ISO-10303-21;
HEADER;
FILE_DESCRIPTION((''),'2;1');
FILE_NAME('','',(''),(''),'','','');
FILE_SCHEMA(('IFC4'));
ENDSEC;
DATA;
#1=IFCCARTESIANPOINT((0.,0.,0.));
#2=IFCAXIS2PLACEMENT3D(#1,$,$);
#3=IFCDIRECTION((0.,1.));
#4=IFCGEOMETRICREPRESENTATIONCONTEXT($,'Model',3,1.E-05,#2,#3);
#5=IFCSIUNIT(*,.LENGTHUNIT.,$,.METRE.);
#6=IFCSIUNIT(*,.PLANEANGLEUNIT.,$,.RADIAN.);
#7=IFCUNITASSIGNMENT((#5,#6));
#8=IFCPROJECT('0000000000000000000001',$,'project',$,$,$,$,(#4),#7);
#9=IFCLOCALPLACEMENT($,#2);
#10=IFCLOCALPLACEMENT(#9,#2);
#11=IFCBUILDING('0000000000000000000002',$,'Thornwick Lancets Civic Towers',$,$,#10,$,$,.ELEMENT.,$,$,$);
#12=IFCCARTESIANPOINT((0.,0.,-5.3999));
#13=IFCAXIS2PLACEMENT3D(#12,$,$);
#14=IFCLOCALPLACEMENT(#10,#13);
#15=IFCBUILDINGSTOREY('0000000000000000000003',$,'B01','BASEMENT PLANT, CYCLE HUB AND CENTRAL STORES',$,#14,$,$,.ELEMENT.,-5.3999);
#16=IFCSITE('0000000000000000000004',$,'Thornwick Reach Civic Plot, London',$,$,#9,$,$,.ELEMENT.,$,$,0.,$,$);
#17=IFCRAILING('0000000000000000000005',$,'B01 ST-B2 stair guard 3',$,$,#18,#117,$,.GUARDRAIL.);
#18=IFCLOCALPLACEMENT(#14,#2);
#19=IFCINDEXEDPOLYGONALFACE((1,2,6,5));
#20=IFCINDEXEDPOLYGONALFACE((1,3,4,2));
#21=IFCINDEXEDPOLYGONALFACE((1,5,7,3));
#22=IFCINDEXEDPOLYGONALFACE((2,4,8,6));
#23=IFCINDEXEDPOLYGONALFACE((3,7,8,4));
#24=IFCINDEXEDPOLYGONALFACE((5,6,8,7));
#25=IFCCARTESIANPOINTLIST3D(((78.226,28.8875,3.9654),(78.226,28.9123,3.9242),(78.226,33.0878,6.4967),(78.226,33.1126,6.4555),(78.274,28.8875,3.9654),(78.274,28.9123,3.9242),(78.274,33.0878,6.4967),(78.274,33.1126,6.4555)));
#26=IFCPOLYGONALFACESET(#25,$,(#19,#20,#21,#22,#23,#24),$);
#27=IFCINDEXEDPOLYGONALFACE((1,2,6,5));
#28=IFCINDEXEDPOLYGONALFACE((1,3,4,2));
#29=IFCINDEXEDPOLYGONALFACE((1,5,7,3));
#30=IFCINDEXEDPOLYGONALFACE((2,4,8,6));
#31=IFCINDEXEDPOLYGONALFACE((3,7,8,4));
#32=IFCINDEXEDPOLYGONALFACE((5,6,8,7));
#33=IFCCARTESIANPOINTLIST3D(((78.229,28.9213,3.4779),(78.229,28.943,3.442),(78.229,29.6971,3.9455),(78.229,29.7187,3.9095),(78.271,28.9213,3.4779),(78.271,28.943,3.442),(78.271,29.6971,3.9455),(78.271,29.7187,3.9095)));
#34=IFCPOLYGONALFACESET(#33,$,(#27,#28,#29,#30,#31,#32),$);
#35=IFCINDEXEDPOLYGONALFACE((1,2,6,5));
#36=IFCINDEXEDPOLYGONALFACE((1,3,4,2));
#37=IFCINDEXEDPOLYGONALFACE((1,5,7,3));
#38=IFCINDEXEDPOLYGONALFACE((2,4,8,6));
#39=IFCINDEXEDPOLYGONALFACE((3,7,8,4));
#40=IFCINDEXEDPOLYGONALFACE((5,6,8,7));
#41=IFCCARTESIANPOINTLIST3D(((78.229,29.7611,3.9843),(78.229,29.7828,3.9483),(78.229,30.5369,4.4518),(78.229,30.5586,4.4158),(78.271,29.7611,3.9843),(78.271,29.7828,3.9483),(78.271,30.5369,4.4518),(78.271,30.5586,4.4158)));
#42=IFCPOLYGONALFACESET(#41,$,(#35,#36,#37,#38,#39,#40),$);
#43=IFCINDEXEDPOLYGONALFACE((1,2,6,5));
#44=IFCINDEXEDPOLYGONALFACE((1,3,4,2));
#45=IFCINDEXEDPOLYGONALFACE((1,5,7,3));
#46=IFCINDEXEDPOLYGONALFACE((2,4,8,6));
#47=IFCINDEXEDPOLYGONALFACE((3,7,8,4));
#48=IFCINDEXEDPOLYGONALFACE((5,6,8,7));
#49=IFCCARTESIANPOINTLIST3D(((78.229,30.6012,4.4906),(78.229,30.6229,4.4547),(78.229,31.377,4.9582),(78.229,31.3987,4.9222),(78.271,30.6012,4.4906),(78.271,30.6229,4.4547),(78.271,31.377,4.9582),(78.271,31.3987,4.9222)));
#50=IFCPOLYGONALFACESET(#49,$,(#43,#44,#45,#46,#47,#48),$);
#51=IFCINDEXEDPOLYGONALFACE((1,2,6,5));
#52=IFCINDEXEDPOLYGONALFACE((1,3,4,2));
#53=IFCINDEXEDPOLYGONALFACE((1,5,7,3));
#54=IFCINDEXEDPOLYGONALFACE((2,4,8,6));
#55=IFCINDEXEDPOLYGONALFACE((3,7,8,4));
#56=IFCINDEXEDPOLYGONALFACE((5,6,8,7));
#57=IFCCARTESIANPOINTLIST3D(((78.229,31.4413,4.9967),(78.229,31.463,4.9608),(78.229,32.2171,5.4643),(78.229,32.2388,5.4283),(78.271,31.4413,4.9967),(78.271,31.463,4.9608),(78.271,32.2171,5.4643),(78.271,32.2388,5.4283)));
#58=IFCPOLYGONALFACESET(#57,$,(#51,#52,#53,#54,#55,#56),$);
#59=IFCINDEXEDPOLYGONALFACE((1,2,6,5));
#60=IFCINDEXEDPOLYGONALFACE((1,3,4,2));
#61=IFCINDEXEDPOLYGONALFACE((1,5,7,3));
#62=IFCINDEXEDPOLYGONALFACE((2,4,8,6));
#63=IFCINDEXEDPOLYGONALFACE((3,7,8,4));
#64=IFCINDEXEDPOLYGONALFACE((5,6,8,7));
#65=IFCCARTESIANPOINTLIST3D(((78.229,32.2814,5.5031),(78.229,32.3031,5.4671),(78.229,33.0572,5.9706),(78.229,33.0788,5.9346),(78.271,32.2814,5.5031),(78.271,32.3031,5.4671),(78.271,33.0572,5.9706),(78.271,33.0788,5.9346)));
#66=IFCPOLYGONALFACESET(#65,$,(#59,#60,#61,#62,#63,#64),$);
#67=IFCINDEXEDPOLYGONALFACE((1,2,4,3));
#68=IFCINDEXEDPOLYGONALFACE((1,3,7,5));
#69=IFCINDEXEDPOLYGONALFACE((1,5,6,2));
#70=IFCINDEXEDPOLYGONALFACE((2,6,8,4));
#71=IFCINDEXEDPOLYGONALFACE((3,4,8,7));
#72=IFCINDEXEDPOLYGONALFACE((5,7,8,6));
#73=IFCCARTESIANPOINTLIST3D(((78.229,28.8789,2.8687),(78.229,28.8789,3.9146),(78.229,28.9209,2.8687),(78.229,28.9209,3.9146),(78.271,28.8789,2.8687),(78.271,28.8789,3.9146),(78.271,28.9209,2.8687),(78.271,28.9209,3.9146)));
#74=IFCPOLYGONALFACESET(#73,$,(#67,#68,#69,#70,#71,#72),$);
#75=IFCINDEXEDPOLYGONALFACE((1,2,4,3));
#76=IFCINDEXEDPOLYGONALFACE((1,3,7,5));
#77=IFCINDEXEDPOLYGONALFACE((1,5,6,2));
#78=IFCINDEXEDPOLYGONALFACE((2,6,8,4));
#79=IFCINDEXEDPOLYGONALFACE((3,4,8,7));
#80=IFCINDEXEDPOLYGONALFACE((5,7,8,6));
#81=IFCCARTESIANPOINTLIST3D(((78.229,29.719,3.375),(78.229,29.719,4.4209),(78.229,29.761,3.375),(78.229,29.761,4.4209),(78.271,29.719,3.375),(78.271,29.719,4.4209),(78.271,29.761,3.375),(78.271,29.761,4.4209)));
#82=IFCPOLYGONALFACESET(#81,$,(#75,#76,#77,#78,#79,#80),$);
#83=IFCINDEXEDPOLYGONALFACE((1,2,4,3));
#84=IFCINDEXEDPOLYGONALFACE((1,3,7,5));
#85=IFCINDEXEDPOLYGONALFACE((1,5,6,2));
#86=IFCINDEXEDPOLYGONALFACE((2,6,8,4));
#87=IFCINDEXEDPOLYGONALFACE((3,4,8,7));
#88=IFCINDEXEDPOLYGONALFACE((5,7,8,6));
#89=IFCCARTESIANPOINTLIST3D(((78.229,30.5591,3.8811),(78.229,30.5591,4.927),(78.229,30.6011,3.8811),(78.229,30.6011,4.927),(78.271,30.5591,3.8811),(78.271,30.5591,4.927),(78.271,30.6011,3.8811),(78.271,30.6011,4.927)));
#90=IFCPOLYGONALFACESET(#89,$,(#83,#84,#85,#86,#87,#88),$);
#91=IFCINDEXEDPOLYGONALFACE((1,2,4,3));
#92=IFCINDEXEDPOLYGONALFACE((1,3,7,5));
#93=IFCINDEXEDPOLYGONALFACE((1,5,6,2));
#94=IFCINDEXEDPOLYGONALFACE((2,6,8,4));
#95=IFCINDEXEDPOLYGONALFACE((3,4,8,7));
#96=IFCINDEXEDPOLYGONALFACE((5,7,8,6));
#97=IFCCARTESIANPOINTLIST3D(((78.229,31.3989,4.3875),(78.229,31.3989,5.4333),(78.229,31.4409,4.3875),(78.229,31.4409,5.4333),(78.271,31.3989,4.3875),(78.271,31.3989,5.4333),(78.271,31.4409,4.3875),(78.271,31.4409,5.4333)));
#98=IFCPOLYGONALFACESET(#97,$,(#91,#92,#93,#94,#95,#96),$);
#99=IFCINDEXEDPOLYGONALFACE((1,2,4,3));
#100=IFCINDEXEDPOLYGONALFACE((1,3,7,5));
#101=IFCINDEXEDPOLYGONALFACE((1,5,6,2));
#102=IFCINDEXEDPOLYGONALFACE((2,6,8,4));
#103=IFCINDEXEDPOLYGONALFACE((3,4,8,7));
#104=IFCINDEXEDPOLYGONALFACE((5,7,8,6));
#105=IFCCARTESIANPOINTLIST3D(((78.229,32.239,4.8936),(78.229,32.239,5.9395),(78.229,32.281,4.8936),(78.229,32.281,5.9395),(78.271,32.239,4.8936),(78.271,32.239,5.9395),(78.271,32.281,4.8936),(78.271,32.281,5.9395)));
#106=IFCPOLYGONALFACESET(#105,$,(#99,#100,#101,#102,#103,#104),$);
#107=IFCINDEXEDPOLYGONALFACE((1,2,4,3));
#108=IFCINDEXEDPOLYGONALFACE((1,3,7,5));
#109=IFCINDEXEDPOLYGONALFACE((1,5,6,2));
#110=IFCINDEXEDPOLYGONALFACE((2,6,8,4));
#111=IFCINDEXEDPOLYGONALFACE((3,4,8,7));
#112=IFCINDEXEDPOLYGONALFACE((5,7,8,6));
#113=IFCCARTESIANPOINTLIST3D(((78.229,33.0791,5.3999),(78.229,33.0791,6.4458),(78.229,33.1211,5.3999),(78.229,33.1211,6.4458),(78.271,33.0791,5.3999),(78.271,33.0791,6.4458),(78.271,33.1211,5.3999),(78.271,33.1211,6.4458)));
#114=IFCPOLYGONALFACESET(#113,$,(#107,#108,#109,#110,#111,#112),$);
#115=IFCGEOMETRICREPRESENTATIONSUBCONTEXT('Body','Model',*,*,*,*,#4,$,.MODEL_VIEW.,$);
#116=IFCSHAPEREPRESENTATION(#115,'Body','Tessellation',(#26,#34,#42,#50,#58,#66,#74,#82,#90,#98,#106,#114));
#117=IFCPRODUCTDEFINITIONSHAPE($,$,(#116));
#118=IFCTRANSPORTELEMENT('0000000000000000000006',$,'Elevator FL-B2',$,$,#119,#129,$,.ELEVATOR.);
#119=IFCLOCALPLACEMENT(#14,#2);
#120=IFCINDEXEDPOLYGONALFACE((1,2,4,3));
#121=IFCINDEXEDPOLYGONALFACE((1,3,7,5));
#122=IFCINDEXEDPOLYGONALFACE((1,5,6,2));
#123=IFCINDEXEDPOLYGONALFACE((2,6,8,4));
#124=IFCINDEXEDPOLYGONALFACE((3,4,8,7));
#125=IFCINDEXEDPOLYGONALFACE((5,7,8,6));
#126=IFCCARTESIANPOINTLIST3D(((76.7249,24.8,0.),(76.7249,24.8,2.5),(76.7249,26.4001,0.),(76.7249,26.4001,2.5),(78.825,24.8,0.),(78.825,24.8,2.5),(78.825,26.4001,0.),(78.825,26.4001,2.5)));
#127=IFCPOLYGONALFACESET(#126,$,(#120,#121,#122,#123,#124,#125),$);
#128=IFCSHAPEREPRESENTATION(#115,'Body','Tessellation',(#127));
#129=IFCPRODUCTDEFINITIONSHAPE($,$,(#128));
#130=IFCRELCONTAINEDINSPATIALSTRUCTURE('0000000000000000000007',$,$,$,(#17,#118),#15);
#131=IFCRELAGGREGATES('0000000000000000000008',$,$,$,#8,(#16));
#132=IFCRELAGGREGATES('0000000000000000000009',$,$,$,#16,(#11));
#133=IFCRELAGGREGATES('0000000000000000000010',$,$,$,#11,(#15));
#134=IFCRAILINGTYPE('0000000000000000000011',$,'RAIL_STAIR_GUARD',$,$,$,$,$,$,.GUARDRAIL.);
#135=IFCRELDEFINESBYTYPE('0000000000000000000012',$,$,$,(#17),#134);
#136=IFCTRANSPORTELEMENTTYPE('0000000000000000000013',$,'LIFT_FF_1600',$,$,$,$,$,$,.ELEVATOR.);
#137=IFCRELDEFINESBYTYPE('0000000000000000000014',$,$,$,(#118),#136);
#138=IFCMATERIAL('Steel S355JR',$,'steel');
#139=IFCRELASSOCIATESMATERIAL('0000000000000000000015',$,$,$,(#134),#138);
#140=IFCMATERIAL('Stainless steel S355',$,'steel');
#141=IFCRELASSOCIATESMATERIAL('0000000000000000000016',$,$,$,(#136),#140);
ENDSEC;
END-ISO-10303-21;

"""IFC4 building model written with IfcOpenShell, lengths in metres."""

from ifc_helpers import new_model, si_unit, direction, frame, origin, origin_2d, place, context, subcontext, project, spatial, rectangle, extrude, material, type_object, element, save


model = new_model("IFC4")

# Units and contexts
model_context = context("Model", 3, precision=1e-05, world=origin(), true_north=direction((0.0, 1.0)))
body_context = subcontext(model_context, "Body", "Model", "MODEL_VIEW")
ifc_project = project(units=[si_unit("LENGTHUNIT", "METRE"), si_unit("PLANEANGLEUNIT", "RADIAN")], contexts=[model_context])

# Site, building, storey
site_placement = place(None, origin())
site = spatial("IfcSite", under=ifc_project, at=site_placement, Name="Thornwick Reach Civic Plot, London", CompositionType="ELEMENT", RefElevation=0.0)
building_placement = place(site_placement, origin())
building = spatial("IfcBuilding", under=site, at=building_placement, Name="Thornwick Lancets Civic Towers", CompositionType="ELEMENT")
storey_placement = place(building_placement, frame((0.0, 0.0, -5.3999)))
storey = spatial("IfcBuildingStorey", under=building, at=storey_placement, Name="B01", Description="BASEMENT PLANT, CYCLE HUB AND CENTRAL STORES", CompositionType="ELEMENT", Elevation=-5.3999)

# Railing
ifc_material_1 = material(Name="Steel S355JR", Category="steel")
railing_type = type_object("IfcRailingType", Name="RAIL_STAIR_GUARD", PredefinedType="GUARDRAIL", material=ifc_material_1)
railing_1_placement = place(storey_placement, frame((78.25, 28.8999, 2.8687)))
element("IfcRailing", 1, at=railing_1_placement, inside=storey, type_object=railing_type, Name="B01 ST-B2 stair guard 3", PredefinedType="GUARDRAIL", context=body_context, shape_type="SweptSolid", body=[
    extrude(rectangle(XDim=0.0481, YDim=0.0481, at=origin_2d()), frame((0.0, 0.0, 1.0762), z_axis=(0.0, 0.85649, 0.516164), x_axis=(-1.0, 0.0, 0.0)), (0.0, 0.0, 1.0), 4.9041),
    extrude(rectangle(XDim=0.042, YDim=0.042, at=origin_2d()), frame((0.0, 0.0322, 0.5913), z_axis=(0.0, 0.85649, 0.516164), x_axis=(-1.0, 0.0, 0.0)), (0.0, 0.0, 1.0), 0.9058),
    extrude(rectangle(XDim=0.042, YDim=0.042, at=origin_2d()), frame((0.0, 0.8721, 1.0977), z_axis=(0.0, 0.85649, 0.516164), x_axis=(-1.0, 0.0, 0.0)), (0.0, 0.0, 1.0), 0.9058),
    extrude(rectangle(XDim=0.042, YDim=0.042, at=origin_2d()), frame((0.0, 1.7122, 1.604), z_axis=(0.0, 0.85649, 0.516164), x_axis=(-1.0, 0.0, 0.0)), (0.0, 0.0, 1.0), 0.9058),
    extrude(rectangle(XDim=0.042, YDim=0.042, at=origin_2d()), frame((0.0, 2.5522, 2.1101), z_axis=(0.0, 0.85649, 0.516164), x_axis=(-1.0, 0.0, 0.0)), (0.0, 0.0, 1.0), 0.9058),
    extrude(rectangle(XDim=0.042, YDim=0.042, at=origin_2d()), frame((0.0, 3.3923, 2.6165), z_axis=(0.0, 0.85649, 0.516164), x_axis=(-1.0, 0.0, 0.0)), (0.0, 0.0, 1.0), 0.9058),
    extrude(rectangle(XDim=0.042, YDim=0.042, at=origin_2d()), origin(), (0.0, 0.0, 1.0), 1.0459),
    extrude(rectangle(XDim=0.042, YDim=0.042, at=origin_2d()), frame((0.0, 0.8401, 0.5063)), (0.0, 0.0, 1.0), 1.0459),
    extrude(rectangle(XDim=0.042, YDim=0.042, at=origin_2d()), frame((0.0, 1.6802, 1.0125)), (0.0, 0.0, 1.0), 1.0459),
    extrude(rectangle(XDim=0.042, YDim=0.042, at=origin_2d()), frame((0.0, 2.52, 1.5188)), (0.0, 0.0, 1.0), 1.0459),
    extrude(rectangle(XDim=0.042, YDim=0.042, at=origin_2d()), frame((0.0, 3.3601, 2.0249)), (0.0, 0.0, 1.0), 1.0459),
    extrude(rectangle(XDim=0.042, YDim=0.042, at=origin_2d()), frame((0.0, 4.2002, 2.5312)), (0.0, 0.0, 1.0), 1.0459),
])

# Transport element
ifc_material_2 = material(Name="Stainless steel S355", Category="steel")
transport_element_type = type_object("IfcTransportElementType", Name="LIFT_FF_1600", PredefinedType="ELEVATOR", material=ifc_material_2)
transport_element_placement = place(storey_placement, frame((77.7749, 25.6001, 0.0), z_axis=(0.0, 0.0, 1.0), x_axis=(1.0, 0.0, 0.0)))
element("IfcTransportElement", 2, at=transport_element_placement, inside=storey, type_object=transport_element_type, Name="Elevator FL-B2", PredefinedType="ELEVATOR", context=body_context, shape_type="SweptSolid", body=[
    extrude(rectangle(XDim=2.1001, YDim=1.6001, at=origin_2d()), origin(), (0.0, 0.0, 1.0), 2.5),
])

save(model, "model.ifc")
